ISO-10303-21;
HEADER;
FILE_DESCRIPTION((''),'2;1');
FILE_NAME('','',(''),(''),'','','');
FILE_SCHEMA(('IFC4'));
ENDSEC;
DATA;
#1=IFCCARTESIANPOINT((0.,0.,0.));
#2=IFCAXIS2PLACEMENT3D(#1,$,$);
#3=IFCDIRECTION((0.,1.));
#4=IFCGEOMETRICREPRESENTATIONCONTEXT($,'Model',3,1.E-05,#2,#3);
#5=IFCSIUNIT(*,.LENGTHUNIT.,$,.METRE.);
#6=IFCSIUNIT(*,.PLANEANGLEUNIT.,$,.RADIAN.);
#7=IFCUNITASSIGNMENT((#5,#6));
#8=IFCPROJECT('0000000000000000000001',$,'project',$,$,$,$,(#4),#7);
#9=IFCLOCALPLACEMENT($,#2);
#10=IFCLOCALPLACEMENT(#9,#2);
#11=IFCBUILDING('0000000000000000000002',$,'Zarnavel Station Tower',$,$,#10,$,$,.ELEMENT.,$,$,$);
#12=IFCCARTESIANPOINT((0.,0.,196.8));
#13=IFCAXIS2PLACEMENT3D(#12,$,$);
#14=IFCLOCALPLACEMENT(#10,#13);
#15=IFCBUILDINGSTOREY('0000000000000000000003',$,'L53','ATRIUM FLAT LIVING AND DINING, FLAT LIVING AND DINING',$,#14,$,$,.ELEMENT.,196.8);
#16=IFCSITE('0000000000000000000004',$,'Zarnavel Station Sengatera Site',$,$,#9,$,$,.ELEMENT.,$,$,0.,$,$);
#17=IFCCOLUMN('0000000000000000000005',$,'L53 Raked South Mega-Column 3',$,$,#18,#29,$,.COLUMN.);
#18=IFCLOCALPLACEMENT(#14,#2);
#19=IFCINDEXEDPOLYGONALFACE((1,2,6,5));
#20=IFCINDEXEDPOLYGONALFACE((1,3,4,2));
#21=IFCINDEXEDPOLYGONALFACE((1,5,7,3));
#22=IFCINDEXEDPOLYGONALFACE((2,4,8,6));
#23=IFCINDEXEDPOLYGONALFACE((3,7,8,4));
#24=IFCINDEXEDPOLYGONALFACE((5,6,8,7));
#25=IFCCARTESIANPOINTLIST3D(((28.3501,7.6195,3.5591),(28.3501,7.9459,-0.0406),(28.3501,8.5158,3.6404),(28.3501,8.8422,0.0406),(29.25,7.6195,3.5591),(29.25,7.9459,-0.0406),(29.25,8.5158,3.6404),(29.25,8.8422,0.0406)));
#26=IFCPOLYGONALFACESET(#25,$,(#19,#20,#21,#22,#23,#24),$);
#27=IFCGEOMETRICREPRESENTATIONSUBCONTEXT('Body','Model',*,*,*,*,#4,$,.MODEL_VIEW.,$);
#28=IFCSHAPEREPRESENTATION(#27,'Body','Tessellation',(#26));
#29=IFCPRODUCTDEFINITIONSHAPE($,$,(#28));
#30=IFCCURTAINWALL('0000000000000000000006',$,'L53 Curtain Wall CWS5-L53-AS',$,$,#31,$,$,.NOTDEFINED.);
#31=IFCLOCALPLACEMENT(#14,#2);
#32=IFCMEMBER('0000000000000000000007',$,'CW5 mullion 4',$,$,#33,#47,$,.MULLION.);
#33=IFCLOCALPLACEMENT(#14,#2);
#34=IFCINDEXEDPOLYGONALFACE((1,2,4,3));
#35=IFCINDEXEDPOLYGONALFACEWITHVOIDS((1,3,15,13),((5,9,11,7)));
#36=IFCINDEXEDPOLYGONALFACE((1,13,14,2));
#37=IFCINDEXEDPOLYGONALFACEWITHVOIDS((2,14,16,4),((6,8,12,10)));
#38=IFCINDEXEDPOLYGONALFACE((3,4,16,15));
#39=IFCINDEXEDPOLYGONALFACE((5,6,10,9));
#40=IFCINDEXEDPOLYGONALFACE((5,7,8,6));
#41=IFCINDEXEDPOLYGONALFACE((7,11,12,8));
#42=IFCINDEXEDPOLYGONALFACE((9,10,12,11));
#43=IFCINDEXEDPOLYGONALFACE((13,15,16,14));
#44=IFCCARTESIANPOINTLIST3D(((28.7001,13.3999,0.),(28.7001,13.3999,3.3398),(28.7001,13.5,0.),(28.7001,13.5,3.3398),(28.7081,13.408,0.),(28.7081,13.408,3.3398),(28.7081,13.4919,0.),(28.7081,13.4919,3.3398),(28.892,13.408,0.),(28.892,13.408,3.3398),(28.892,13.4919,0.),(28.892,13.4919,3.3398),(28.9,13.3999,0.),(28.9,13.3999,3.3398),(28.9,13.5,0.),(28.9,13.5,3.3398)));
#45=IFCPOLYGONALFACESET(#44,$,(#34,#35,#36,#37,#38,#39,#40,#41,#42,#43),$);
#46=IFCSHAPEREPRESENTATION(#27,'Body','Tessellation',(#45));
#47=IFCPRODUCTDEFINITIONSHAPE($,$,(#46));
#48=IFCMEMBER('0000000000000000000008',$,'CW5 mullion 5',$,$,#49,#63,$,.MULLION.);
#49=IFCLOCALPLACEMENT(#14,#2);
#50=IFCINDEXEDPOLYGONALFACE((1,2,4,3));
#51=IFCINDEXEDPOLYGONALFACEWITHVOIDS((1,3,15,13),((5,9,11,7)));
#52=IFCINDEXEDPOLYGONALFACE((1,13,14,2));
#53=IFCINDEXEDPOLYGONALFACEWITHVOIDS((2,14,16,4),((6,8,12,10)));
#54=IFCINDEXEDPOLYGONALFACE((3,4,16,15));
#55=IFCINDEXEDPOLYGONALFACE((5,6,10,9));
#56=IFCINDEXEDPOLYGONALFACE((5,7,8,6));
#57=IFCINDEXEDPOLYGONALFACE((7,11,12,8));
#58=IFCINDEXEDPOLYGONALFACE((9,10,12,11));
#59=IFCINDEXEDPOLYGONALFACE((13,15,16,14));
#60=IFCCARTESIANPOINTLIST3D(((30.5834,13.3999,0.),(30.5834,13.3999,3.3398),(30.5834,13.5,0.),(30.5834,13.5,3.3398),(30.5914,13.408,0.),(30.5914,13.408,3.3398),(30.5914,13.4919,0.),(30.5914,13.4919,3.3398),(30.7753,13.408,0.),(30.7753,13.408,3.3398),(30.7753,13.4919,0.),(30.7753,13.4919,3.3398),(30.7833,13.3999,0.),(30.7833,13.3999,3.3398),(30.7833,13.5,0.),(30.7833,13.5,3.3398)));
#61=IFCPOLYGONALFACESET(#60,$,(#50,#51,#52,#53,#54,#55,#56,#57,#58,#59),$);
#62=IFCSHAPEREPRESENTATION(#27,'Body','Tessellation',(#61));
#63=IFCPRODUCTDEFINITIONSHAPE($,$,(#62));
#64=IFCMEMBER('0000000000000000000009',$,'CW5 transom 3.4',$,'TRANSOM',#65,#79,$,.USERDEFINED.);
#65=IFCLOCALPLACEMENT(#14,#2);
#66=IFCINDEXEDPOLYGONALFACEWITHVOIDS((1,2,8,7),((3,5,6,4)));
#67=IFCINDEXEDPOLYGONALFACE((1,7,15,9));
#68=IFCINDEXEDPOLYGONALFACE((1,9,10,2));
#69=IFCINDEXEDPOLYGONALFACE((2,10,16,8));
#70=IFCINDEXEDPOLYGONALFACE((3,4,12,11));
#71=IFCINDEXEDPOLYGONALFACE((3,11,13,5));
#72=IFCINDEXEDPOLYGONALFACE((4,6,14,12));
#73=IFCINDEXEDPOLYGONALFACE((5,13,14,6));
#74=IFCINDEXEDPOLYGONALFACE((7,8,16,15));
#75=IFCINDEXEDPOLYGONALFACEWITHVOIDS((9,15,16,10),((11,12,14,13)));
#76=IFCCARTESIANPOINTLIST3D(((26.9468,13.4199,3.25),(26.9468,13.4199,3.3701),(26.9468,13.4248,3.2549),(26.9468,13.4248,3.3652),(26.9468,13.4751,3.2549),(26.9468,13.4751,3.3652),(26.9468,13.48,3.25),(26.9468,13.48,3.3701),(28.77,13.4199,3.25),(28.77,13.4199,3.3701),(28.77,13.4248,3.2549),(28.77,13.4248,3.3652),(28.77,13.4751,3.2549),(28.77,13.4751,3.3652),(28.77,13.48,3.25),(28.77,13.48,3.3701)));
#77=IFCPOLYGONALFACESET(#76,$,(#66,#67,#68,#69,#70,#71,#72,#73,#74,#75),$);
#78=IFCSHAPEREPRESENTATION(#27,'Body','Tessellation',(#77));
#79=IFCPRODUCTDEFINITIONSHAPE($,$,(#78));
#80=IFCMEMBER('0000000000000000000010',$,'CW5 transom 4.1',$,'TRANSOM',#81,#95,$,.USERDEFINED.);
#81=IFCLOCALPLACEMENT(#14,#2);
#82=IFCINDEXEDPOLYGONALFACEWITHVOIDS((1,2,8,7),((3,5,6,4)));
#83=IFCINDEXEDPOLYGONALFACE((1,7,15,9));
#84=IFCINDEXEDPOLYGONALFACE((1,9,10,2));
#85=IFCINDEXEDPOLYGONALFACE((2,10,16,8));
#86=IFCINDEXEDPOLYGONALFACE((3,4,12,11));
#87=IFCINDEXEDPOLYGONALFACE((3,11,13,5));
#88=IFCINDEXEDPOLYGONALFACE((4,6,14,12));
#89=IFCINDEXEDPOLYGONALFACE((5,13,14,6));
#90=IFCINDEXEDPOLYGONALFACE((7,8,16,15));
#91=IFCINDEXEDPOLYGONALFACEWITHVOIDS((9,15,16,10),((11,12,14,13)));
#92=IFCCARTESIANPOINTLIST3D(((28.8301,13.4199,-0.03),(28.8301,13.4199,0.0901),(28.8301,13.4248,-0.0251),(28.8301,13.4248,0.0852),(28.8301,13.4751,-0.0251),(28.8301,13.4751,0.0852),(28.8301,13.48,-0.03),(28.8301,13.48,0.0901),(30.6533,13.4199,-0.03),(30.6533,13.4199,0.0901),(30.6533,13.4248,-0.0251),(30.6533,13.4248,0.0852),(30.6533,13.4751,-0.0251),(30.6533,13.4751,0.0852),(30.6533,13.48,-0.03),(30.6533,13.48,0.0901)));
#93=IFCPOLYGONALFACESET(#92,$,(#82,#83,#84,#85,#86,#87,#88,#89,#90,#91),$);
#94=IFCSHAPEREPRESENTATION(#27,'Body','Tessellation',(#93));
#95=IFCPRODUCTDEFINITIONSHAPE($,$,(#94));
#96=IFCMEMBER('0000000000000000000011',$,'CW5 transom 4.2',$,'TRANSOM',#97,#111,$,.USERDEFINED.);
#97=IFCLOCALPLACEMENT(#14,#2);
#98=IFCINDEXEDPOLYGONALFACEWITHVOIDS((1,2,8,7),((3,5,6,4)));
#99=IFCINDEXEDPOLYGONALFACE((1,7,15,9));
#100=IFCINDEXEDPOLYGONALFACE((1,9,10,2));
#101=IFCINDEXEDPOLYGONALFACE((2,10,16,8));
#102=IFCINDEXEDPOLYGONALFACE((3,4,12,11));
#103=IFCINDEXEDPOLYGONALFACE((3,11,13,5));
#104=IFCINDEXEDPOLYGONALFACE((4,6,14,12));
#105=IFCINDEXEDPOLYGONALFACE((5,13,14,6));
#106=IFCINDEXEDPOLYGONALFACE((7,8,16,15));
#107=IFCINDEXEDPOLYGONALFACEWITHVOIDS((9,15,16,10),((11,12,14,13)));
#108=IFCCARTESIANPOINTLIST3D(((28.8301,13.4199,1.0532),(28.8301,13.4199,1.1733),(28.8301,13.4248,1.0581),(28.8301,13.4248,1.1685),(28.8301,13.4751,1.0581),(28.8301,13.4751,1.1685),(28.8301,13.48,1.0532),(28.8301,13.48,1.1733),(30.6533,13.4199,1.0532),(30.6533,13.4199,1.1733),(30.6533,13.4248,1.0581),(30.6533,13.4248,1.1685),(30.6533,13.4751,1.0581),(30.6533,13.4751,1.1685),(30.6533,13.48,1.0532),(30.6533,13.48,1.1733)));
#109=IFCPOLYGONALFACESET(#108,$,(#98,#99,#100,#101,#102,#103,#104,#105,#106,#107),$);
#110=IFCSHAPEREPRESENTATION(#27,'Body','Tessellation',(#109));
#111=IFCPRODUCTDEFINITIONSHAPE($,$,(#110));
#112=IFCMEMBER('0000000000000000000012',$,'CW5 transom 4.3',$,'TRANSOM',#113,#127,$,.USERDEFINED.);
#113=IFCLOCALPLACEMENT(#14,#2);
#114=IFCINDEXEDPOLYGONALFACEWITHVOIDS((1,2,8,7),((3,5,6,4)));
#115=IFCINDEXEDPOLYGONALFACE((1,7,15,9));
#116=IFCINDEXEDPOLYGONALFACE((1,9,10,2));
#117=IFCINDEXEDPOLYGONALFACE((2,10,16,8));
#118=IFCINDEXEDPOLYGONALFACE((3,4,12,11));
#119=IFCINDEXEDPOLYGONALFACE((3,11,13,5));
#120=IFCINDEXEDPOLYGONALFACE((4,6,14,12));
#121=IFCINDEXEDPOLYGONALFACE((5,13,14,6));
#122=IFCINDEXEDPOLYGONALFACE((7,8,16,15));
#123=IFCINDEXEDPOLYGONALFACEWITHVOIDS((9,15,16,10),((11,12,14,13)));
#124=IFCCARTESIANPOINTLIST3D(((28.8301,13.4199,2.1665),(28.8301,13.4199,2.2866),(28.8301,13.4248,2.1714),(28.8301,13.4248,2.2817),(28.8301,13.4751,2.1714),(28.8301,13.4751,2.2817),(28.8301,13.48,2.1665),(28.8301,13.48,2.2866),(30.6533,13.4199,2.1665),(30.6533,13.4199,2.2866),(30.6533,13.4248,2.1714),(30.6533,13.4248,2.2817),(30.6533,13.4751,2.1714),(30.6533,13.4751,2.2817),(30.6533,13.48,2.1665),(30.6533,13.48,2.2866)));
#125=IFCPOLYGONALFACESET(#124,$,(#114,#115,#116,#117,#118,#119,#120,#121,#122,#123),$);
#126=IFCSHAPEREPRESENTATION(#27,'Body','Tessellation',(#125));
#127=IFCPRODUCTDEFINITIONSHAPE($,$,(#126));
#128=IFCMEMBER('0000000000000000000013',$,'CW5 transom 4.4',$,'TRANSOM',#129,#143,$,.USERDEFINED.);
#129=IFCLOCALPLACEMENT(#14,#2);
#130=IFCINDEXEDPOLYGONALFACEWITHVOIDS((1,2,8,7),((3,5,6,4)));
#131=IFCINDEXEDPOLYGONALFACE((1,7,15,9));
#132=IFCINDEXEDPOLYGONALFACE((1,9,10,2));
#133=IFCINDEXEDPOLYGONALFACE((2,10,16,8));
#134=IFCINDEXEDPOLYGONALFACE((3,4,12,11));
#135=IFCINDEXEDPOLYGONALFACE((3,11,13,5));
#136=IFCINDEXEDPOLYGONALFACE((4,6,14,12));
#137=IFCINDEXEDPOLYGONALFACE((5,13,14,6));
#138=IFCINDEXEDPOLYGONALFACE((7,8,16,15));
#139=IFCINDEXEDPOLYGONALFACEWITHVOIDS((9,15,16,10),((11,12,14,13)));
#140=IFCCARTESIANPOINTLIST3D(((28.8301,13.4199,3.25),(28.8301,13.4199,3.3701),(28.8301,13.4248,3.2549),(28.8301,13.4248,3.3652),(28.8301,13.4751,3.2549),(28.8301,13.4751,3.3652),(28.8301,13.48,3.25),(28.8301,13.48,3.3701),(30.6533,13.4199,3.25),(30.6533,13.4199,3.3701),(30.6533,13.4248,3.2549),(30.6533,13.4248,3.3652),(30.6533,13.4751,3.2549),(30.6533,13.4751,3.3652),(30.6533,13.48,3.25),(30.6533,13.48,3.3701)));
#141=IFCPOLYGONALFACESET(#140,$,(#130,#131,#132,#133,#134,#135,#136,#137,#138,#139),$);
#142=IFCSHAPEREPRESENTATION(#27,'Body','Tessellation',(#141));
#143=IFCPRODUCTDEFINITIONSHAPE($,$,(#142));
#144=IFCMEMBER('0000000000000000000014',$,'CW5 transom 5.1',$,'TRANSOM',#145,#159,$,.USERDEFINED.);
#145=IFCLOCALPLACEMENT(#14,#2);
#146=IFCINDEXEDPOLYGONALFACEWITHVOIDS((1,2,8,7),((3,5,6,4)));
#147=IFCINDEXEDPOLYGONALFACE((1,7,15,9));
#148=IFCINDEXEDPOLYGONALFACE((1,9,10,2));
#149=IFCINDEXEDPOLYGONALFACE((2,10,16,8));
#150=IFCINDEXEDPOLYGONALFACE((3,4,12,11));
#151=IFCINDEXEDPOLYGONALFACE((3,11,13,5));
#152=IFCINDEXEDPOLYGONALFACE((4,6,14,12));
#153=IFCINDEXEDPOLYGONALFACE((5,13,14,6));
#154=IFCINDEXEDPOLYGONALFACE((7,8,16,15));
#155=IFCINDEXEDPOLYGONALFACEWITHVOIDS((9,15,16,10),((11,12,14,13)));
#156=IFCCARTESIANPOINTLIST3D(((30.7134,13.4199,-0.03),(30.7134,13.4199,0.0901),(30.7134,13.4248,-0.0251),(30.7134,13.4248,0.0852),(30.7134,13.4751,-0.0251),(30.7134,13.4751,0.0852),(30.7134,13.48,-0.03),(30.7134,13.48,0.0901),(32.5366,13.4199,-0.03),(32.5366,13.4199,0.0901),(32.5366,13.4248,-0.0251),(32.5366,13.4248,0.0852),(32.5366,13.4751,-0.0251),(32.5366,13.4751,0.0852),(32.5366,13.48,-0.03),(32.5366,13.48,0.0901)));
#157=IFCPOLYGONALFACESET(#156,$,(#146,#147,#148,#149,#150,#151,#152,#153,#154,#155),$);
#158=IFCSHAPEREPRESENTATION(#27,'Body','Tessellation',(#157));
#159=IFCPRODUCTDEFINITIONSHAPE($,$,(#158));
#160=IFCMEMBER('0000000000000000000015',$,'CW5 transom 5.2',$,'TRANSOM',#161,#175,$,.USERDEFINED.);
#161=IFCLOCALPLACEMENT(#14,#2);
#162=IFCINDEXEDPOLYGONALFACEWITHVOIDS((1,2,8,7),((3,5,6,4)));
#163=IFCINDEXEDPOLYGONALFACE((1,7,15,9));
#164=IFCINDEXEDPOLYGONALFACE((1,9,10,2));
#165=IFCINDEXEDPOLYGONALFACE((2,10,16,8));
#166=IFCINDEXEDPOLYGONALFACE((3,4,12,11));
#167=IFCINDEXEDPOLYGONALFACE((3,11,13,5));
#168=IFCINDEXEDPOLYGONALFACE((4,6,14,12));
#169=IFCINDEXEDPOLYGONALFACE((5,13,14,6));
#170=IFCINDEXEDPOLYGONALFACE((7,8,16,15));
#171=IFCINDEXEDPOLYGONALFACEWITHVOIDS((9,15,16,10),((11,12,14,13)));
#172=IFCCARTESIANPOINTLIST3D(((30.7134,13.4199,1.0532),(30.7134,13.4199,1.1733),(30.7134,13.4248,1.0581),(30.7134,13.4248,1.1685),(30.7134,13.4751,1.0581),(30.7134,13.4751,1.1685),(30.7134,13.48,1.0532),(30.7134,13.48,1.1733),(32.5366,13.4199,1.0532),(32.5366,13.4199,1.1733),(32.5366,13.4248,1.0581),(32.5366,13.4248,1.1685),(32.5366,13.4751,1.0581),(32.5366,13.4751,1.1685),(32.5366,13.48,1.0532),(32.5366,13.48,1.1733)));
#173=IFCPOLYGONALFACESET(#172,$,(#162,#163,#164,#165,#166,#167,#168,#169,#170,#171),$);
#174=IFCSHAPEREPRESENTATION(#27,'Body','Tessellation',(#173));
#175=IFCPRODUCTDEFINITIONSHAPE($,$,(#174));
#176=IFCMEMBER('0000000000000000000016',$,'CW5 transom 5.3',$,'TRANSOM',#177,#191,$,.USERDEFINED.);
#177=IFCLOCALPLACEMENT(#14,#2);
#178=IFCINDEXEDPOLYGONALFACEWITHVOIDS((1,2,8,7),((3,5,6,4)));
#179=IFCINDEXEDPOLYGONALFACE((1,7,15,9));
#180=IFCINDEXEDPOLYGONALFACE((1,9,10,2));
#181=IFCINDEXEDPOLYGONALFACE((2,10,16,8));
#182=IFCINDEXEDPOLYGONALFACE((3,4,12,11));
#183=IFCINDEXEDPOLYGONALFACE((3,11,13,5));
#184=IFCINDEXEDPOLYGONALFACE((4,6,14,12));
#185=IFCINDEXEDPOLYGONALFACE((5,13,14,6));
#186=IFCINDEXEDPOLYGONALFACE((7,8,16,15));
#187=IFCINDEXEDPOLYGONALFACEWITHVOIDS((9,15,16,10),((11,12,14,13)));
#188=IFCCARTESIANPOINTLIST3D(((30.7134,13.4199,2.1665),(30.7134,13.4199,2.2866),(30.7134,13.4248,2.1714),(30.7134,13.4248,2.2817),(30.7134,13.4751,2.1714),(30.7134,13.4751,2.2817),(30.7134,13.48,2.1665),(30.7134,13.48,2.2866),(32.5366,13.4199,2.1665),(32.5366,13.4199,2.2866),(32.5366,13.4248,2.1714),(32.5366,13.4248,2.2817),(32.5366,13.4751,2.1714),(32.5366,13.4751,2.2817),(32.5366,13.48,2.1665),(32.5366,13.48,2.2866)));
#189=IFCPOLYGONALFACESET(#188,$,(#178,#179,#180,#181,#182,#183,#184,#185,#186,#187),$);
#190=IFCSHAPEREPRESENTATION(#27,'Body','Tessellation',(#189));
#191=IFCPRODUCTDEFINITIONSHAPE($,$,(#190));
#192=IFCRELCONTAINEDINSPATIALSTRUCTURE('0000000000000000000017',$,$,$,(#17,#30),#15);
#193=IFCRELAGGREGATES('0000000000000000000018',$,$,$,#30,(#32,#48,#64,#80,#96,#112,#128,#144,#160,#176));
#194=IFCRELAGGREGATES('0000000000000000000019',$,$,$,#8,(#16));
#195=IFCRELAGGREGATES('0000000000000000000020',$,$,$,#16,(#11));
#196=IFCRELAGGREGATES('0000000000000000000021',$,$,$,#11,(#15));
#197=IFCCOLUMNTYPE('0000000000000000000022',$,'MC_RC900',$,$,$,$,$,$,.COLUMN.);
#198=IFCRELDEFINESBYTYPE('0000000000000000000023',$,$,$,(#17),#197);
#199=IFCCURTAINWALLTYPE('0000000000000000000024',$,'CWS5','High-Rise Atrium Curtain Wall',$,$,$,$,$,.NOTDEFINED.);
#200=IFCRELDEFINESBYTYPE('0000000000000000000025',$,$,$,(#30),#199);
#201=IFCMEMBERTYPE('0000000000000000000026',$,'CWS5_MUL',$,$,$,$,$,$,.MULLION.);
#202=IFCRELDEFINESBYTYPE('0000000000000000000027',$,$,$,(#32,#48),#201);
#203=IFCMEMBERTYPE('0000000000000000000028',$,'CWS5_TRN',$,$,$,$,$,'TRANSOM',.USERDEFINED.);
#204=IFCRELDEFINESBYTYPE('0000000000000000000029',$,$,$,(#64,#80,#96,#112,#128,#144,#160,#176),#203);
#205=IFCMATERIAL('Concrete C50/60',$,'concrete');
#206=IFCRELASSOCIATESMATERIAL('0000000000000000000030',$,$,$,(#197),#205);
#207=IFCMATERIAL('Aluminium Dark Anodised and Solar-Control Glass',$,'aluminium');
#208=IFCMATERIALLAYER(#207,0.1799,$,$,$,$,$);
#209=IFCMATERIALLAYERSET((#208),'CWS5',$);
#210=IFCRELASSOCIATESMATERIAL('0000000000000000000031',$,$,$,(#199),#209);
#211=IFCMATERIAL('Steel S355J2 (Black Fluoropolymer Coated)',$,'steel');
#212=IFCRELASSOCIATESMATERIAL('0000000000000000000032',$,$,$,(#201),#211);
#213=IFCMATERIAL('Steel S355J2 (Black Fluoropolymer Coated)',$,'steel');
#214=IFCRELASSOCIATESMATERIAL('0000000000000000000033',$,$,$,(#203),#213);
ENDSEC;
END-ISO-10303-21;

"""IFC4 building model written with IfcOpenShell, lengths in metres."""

from ifc_helpers import new_model, si_unit, direction, frame, origin, origin_2d, place, context, subcontext, project, spatial, rectangle, hollow_rectangle, extrude, material, layer, layer_set, material_profile, profile_set, type_object, element, aggregate, save


model = new_model("IFC4")

# Units and contexts
model_context = context("Model", 3, precision=1e-05, world=origin(), true_north=direction((0.0, 1.0)))
body_context = subcontext(model_context, "Body", "Model", "MODEL_VIEW")
ifc_project = project(units=[si_unit("LENGTHUNIT", "METRE"), si_unit("PLANEANGLEUNIT", "RADIAN")], contexts=[model_context])

# Site, building, storey
site_placement = place(None, origin())
site = spatial("IfcSite", under=ifc_project, at=site_placement, Name="Zarnavel Station Sengatera Site", CompositionType="ELEMENT", RefElevation=0.0)
building_placement = place(site_placement, origin())
building = spatial("IfcBuilding", under=site, at=building_placement, Name="Zarnavel Station Tower", CompositionType="ELEMENT")
storey_placement = place(building_placement, frame((0.0, 0.0, 196.8)))
storey = spatial("IfcBuildingStorey", under=building, at=storey_placement, Name="L53", Description="ATRIUM FLAT LIVING AND DINING, FLAT LIVING AND DINING", CompositionType="ELEMENT", Elevation=196.8)

# Column
ifc_material_1 = material(Name="Concrete C50/60", Category="concrete")
ifc_material_profile_1 = material_profile(ifc_material_1, rectangle(XDim=0.8999, YDim=0.8999, at=origin_2d()), Name="RC900x900")
ifc_profile_set_1 = profile_set([ifc_material_profile_1], Name="Concrete C50/60")
column_type = type_object("IfcColumnType", Name="MC_RC900", PredefinedType="COLUMN", material=ifc_profile_set_1)
column_placement = place(storey_placement, frame((28.8, 8.394, 0.0), z_axis=(0.0, -0.090304, 0.995914), x_axis=(1.0, 0.0, 0.0)))
element("IfcColumn", 1, at=column_placement, inside=storey, type_object=column_type, Name="L53 Raked South Mega-Column 3", PredefinedType="COLUMN", context=body_context, shape_type="SweptSolid", body=[
    extrude(rectangle(XDim=0.8999, YDim=0.8999, at=origin_2d()), origin(), (0.0, 0.0, 1.0), 3.6145),
])

# Curtain wall, members
ifc_material_2 = material(Name="Aluminium Dark Anodised and Solar-Control Glass", Category="aluminium")
ifc_layer_1 = layer(ifc_material_2, 0.1799)
ifc_layer_set_1 = layer_set([ifc_layer_1], Name="CWS5")
curtain_wall_type = type_object("IfcCurtainWallType", Name="CWS5", Description="High-Rise Atrium Curtain Wall", PredefinedType="NOTDEFINED", material=ifc_layer_set_1)
curtain_wall_placement = place(storey_placement, origin())
curtain_wall = element("IfcCurtainWall", 2, at=curtain_wall_placement, inside=storey, type_object=curtain_wall_type, Name="L53 Curtain Wall CWS5-L53-AS", PredefinedType="NOTDEFINED")
ifc_material_3 = material(Name="Steel S355J2 (Black Fluoropolymer Coated)", Category="steel")
ifc_material_profile_2 = material_profile(ifc_material_3, hollow_rectangle(XDim=0.1001, YDim=0.2, WallThickness=0.0081, at=origin_2d()), Name="RHS200x100x8")
ifc_profile_set_2 = profile_set([ifc_material_profile_2], Name="Steel S355J2 (Black Fluoropolymer Coated)")
member_type_1 = type_object("IfcMemberType", Name="CWS5_MUL", PredefinedType="MULLION", material=ifc_profile_set_2)
member_1_placement = place(storey_placement, frame((28.8, 13.45, 0.0), z_axis=(0.0, 0.0, 1.0), x_axis=(0.0, 1.0, 0.0)))
member_1 = element("IfcMember", 3, at=member_1_placement, type_object=member_type_1, Name="CW5 mullion 4", PredefinedType="MULLION", context=body_context, shape_type="SweptSolid", body=[
    extrude(hollow_rectangle(XDim=0.1001, YDim=0.2, WallThickness=0.0081, at=origin_2d()), origin(), (0.0, 0.0, 1.0), 3.3398),
])
member_2_placement = place(storey_placement, frame((30.6833, 13.45, 0.0), z_axis=(0.0, 0.0, 1.0), x_axis=(0.0, 1.0, 0.0)))
member_2 = element("IfcMember", 4, at=member_2_placement, type_object=member_type_1, Name="CW5 mullion 5", PredefinedType="MULLION", context=body_context, shape_type="SweptSolid", body=[
    extrude(hollow_rectangle(XDim=0.1001, YDim=0.2, WallThickness=0.0081, at=origin_2d()), origin(), (0.0, 0.0, 1.0), 3.3398),
])
ifc_material_4 = material(Name="Steel S355J2 (Black Fluoropolymer Coated)", Category="steel")
ifc_material_profile_3 = material_profile(ifc_material_4, hollow_rectangle(XDim=0.0601, YDim=0.1201, WallThickness=0.0049, at=origin_2d()), Name="RHS120x60x5")
ifc_profile_set_3 = profile_set([ifc_material_profile_3], Name="Steel S355J2 (Black Fluoropolymer Coated)")
member_type_2 = type_object("IfcMemberType", Name="CWS5_TRN", ElementType="TRANSOM", PredefinedType="USERDEFINED", material=ifc_profile_set_3)
member_3_placement = place(storey_placement, frame((26.9468, 13.45, 3.3101), z_axis=(1.0, 0.0, 0.0), x_axis=(0.0, 1.0, 0.0)))
member_3 = element("IfcMember", 5, at=member_3_placement, type_object=member_type_2, Name="CW5 transom 3.4", ObjectType="TRANSOM", PredefinedType="USERDEFINED", context=body_context, shape_type="SweptSolid", body=[
    extrude(hollow_rectangle(XDim=0.0601, YDim=0.1201, WallThickness=0.0049, at=origin_2d()), origin(), (0.0, 0.0, 1.0), 1.8232),
])
member_4_placement = place(storey_placement, frame((28.8301, 13.45, 0.03), z_axis=(1.0, 0.0, 0.0), x_axis=(0.0, 1.0, 0.0)))
member_4 = element("IfcMember", 6, at=member_4_placement, type_object=member_type_2, Name="CW5 transom 4.1", ObjectType="TRANSOM", PredefinedType="USERDEFINED", context=body_context, shape_type="SweptSolid", body=[
    extrude(hollow_rectangle(XDim=0.0601, YDim=0.1201, WallThickness=0.0049, at=origin_2d()), origin(), (0.0, 0.0, 1.0), 1.8232),
])
member_5_placement = place(storey_placement, frame((28.8301, 13.45, 1.1133), z_axis=(1.0, 0.0, 0.0), x_axis=(0.0, 1.0, 0.0)))
member_5 = element("IfcMember", 7, at=member_5_placement, type_object=member_type_2, Name="CW5 transom 4.2", ObjectType="TRANSOM", PredefinedType="USERDEFINED", context=body_context, shape_type="SweptSolid", body=[
    extrude(hollow_rectangle(XDim=0.0601, YDim=0.1201, WallThickness=0.0049, at=origin_2d()), origin(), (0.0, 0.0, 1.0), 1.8232),
])
member_6_placement = place(storey_placement, frame((28.8301, 13.45, 2.2266), z_axis=(1.0, 0.0, 0.0), x_axis=(0.0, 1.0, 0.0)))
member_6 = element("IfcMember", 8, at=member_6_placement, type_object=member_type_2, Name="CW5 transom 4.3", ObjectType="TRANSOM", PredefinedType="USERDEFINED", context=body_context, shape_type="SweptSolid", body=[
    extrude(hollow_rectangle(XDim=0.0601, YDim=0.1201, WallThickness=0.0049, at=origin_2d()), origin(), (0.0, 0.0, 1.0), 1.8232),
])
member_7_placement = place(storey_placement, frame((28.8301, 13.45, 3.3101), z_axis=(1.0, 0.0, 0.0), x_axis=(0.0, 1.0, 0.0)))
member_7 = element("IfcMember", 9, at=member_7_placement, type_object=member_type_2, Name="CW5 transom 4.4", ObjectType="TRANSOM", PredefinedType="USERDEFINED", context=body_context, shape_type="SweptSolid", body=[
    extrude(hollow_rectangle(XDim=0.0601, YDim=0.1201, WallThickness=0.0049, at=origin_2d()), origin(), (0.0, 0.0, 1.0), 1.8232),
])
member_8_placement = place(storey_placement, frame((30.7134, 13.45, 0.03), z_axis=(1.0, 0.0, 0.0), x_axis=(0.0, 1.0, 0.0)))
member_8 = element("IfcMember", 10, at=member_8_placement, type_object=member_type_2, Name="CW5 transom 5.1", ObjectType="TRANSOM", PredefinedType="USERDEFINED", context=body_context, shape_type="SweptSolid", body=[
    extrude(hollow_rectangle(XDim=0.0601, YDim=0.1201, WallThickness=0.0049, at=origin_2d()), origin(), (0.0, 0.0, 1.0), 1.8232),
])
member_9_placement = place(storey_placement, frame((30.7134, 13.45, 1.1133), z_axis=(1.0, 0.0, 0.0), x_axis=(0.0, 1.0, 0.0)))
member_9 = element("IfcMember", 11, at=member_9_placement, type_object=member_type_2, Name="CW5 transom 5.2", ObjectType="TRANSOM", PredefinedType="USERDEFINED", context=body_context, shape_type="SweptSolid", body=[
    extrude(hollow_rectangle(XDim=0.0601, YDim=0.1201, WallThickness=0.0049, at=origin_2d()), origin(), (0.0, 0.0, 1.0), 1.8232),
])
member_10_placement = place(storey_placement, frame((30.7134, 13.45, 2.2266), z_axis=(1.0, 0.0, 0.0), x_axis=(0.0, 1.0, 0.0)))
member_10 = element("IfcMember", 12, at=member_10_placement, type_object=member_type_2, Name="CW5 transom 5.3", ObjectType="TRANSOM", PredefinedType="USERDEFINED", context=body_context, shape_type="SweptSolid", body=[
    extrude(hollow_rectangle(XDim=0.0601, YDim=0.1201, WallThickness=0.0049, at=origin_2d()), origin(), (0.0, 0.0, 1.0), 1.8232),
])

aggregate(curtain_wall, [member_1, member_2, member_3, member_4, member_5, member_6, member_7, member_8, member_9, member_10])

save(model, "model.ifc")
